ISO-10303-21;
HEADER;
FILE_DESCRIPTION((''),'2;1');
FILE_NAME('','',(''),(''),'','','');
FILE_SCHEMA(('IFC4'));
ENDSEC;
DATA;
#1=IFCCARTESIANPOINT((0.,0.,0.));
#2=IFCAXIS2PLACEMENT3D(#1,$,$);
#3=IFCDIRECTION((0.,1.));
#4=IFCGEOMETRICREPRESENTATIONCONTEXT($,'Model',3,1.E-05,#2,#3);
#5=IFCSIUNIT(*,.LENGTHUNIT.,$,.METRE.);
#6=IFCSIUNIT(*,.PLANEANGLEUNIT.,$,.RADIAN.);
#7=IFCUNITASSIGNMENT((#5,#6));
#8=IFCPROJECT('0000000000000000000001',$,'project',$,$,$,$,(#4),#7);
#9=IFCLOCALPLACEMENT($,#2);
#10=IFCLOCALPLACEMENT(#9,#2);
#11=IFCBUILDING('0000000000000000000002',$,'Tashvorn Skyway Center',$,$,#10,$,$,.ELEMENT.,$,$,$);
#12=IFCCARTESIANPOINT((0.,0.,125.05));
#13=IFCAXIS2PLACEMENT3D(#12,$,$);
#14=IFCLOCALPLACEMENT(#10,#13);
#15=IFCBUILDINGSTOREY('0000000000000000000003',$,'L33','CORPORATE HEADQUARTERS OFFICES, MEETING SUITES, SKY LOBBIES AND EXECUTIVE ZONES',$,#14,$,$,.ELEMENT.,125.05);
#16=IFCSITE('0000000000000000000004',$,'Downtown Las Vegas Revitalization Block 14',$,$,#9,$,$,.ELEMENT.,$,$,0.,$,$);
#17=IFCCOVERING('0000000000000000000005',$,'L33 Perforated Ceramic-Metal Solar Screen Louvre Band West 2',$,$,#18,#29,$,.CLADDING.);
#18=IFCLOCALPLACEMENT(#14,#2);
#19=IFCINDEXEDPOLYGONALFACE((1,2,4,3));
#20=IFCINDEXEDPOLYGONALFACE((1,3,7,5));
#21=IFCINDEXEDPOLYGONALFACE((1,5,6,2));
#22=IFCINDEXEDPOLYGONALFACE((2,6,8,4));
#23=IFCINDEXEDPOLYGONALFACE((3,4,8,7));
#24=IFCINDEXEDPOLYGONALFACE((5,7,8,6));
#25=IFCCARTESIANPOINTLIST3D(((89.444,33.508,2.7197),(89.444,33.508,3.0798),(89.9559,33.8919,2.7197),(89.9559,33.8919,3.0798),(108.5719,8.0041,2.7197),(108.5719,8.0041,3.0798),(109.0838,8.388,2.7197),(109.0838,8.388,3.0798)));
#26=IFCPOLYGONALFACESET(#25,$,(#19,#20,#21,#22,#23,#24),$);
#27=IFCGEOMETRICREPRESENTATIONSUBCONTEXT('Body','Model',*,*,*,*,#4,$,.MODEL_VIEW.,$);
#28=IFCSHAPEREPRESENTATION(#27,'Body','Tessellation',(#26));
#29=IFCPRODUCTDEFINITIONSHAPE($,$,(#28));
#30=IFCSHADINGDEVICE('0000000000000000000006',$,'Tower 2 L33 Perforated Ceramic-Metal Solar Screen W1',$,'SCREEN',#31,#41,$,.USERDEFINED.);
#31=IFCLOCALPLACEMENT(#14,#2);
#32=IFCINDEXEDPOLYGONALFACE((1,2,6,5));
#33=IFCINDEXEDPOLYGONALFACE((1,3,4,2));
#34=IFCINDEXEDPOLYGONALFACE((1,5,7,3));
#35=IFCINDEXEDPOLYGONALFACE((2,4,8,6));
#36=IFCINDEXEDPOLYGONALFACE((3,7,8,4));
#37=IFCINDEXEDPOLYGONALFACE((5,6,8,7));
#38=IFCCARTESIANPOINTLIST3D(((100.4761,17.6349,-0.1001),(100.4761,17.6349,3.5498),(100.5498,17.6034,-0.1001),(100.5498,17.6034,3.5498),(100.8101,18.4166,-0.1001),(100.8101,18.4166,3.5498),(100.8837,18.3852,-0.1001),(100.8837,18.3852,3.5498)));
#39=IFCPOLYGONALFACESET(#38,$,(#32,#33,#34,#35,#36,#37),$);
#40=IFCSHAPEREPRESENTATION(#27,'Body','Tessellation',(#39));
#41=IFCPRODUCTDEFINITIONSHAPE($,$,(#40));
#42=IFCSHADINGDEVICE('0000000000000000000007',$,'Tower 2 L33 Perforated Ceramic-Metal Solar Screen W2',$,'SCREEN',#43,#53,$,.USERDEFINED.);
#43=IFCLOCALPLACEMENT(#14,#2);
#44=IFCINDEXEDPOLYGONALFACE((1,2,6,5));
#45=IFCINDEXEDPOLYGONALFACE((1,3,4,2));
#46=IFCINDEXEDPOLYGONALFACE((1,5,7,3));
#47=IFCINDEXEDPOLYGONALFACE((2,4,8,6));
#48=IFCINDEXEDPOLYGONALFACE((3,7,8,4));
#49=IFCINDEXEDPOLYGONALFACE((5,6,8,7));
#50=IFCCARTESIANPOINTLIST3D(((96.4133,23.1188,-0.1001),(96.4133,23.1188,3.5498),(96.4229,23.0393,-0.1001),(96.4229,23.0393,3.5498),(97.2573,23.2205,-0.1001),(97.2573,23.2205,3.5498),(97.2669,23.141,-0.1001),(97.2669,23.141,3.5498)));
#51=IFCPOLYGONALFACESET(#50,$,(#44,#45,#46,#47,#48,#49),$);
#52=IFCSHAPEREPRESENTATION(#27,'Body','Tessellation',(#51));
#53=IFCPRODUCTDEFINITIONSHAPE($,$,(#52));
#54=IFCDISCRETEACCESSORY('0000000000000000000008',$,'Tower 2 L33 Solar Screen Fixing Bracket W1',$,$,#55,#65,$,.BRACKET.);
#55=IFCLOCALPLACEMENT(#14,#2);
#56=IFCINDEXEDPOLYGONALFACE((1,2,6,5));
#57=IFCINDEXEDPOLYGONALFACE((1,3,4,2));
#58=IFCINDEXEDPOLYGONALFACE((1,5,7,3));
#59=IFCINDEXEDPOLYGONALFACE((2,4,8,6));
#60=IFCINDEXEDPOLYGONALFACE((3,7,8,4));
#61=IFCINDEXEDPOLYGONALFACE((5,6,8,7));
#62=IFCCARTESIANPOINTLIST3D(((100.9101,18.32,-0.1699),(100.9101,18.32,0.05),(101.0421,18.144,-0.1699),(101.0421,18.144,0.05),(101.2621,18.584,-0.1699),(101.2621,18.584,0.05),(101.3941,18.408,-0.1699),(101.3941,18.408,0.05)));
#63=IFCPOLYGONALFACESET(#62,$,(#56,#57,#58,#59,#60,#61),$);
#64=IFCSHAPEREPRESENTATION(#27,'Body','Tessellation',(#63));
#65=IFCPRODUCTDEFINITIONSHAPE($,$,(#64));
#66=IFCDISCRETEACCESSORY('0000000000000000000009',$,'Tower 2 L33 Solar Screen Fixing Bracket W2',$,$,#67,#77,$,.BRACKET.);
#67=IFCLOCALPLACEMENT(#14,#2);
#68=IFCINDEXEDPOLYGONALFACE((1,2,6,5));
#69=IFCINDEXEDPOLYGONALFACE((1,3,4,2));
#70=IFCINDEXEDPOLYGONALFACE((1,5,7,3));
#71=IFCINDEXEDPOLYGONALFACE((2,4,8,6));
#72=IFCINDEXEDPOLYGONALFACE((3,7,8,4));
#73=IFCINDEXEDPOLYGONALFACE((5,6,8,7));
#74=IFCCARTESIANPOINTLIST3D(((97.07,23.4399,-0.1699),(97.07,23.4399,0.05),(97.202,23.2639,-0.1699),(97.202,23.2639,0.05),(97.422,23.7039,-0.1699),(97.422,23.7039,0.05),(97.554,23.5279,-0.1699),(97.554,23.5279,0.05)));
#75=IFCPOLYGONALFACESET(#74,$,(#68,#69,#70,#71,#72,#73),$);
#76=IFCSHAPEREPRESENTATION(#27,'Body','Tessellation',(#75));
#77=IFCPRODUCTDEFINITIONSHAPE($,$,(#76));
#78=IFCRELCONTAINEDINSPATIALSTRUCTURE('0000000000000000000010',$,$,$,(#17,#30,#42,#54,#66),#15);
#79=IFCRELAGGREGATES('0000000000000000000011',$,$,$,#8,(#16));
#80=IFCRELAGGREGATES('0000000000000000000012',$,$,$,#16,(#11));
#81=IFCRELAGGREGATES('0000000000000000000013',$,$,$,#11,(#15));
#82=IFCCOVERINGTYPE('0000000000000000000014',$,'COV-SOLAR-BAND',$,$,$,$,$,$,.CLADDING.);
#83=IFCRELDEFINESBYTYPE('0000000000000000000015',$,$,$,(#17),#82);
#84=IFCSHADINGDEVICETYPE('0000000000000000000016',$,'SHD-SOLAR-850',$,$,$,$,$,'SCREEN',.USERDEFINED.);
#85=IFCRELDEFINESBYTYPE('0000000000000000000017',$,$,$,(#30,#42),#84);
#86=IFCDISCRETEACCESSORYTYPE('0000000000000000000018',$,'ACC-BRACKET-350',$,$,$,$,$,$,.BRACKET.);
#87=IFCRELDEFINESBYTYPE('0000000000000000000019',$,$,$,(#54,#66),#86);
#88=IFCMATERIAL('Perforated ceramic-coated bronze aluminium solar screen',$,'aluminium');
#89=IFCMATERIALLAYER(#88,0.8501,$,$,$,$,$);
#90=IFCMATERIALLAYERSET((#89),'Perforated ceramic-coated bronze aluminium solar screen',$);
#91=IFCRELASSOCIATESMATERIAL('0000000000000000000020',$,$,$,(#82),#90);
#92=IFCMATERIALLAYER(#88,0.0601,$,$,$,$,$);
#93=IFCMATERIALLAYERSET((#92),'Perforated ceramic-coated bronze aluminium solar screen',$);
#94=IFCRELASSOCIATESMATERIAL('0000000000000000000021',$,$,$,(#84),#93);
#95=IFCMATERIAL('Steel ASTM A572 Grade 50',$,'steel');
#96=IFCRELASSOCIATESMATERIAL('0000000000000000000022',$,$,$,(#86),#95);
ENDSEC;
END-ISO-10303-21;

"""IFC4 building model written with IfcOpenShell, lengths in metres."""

from ifc_helpers import new_model, si_unit, direction, frame, origin, origin_2d, place, context, subcontext, project, spatial, rectangle, extrude, material, layer, layer_set, type_object, element, save


model = new_model("IFC4")

# Units and contexts
model_context = context("Model", 3, precision=1e-05, world=origin(), true_north=direction((0.0, 1.0)))
body_context = subcontext(model_context, "Body", "Model", "MODEL_VIEW")
ifc_project = project(units=[si_unit("LENGTHUNIT", "METRE"), si_unit("PLANEANGLEUNIT", "RADIAN")], contexts=[model_context])

# Site, building, storey
site_placement = place(None, origin())
site = spatial("IfcSite", under=ifc_project, at=site_placement, Name="Downtown Las Vegas Revitalization Block 14", CompositionType="ELEMENT", RefElevation=0.0)
building_placement = place(site_placement, origin())
building = spatial("IfcBuilding", under=site, at=building_placement, Name="Tashvorn Skyway Center", CompositionType="ELEMENT")
storey_placement = place(building_placement, frame((0.0, 0.0, 125.05)))
storey = spatial("IfcBuildingStorey", under=building, at=storey_placement, Name="L33", Description="CORPORATE HEADQUARTERS OFFICES, MEETING SUITES, SKY LOBBIES AND EXECUTIVE ZONES", CompositionType="ELEMENT", Elevation=125.05)

# Shared definitions
ifc_material_1 = material(Name="Steel ASTM A572 Grade 50", Category="steel")

# Covering
ifc_material_2 = material(Name="Perforated ceramic-coated bronze aluminium solar screen", Category="aluminium")
ifc_layer_1 = layer(ifc_material_2, 0.8501)
ifc_layer_set_1 = layer_set([ifc_layer_1], Name="Perforated ceramic-coated bronze aluminium solar screen")
covering_type_1 = type_object("IfcCoveringType", Name="COV-SOLAR-BAND", PredefinedType="CLADDING", material=ifc_layer_set_1)
for number, where, z_axis, x_axis, name in (
    (1, (99.2639, 20.948, 2.7197), (0.0, 0.0, 1.0), (-0.6, 0.8, 0.0), "L33 Perforated Ceramic-Metal Solar Screen Louvre Band West 2"),
):
    element("IfcCovering", number, at=place(storey_placement, frame(where, z_axis=z_axis, x_axis=x_axis)), inside=storey, type_object=covering_type_1, Name=name, PredefinedType="CLADDING", context=body_context, shape_type="SweptSolid", body=[
        extrude(rectangle(XDim=31.8799, YDim=0.6399, at=origin_2d()), origin(), (0.0, 0.0, 1.0), 0.3601),
    ])

# Shading devices
ifc_layer_2 = layer(ifc_material_2, 0.0601)
ifc_layer_set_2 = layer_set([ifc_layer_2], Name="Perforated ceramic-coated bronze aluminium solar screen")
shading_device_type = type_object("IfcShadingDeviceType", Name="SHD-SOLAR-850", ElementType="SCREEN", PredefinedType="USERDEFINED", material=ifc_layer_set_2)
for number, where, z_axis, x_axis, name in (
    (2, (100.6799, 18.01, -0.1001), (0.0, 0.0, 1.0), (-0.919615, 0.39282, 0.0), "Tower 2 L33 Perforated Ceramic-Metal Solar Screen W1"),
    (3, (96.8401, 23.1299, -0.1001), (0.0, 0.0, 1.0), (-0.119615, 0.99282, 0.0), "Tower 2 L33 Perforated Ceramic-Metal Solar Screen W2"),
):
    element("IfcShadingDevice", number, at=place(storey_placement, frame(where, z_axis=z_axis, x_axis=x_axis)), inside=storey, type_object=shading_device_type, Name=name, ObjectType="SCREEN", PredefinedType="USERDEFINED", context=body_context, shape_type="SweptSolid", body=[
        extrude(rectangle(XDim=0.0801, YDim=0.8501, at=origin_2d()), origin(), (0.0, 0.0, 1.0), 3.6499),
    ])

# Discrete accessories
discrete_accessory_type = type_object("IfcDiscreteAccessoryType", Name="ACC-BRACKET-350", PredefinedType="BRACKET", material=ifc_material_1)
for number, where, z_axis, x_axis, name in (
    (4, (101.1521, 18.364, -0.1699), (0.0, 0.0, 1.0), (-0.6, 0.8, 0.0), "Tower 2 L33 Solar Screen Fixing Bracket W1"),
    (5, (97.312, 23.4839, -0.1699), (0.0, 0.0, 1.0), (-0.6, 0.8, 0.0), "Tower 2 L33 Solar Screen Fixing Bracket W2"),
):
    element("IfcDiscreteAccessory", number, at=place(storey_placement, frame(where, z_axis=z_axis, x_axis=x_axis)), inside=storey, type_object=discrete_accessory_type, Name=name, PredefinedType="BRACKET", context=body_context, shape_type="SweptSolid", body=[
        extrude(rectangle(XDim=0.22, YDim=0.4399, at=origin_2d()), origin(), (0.0, 0.0, 1.0), 0.22),
    ])

save(model, "model.ifc")
